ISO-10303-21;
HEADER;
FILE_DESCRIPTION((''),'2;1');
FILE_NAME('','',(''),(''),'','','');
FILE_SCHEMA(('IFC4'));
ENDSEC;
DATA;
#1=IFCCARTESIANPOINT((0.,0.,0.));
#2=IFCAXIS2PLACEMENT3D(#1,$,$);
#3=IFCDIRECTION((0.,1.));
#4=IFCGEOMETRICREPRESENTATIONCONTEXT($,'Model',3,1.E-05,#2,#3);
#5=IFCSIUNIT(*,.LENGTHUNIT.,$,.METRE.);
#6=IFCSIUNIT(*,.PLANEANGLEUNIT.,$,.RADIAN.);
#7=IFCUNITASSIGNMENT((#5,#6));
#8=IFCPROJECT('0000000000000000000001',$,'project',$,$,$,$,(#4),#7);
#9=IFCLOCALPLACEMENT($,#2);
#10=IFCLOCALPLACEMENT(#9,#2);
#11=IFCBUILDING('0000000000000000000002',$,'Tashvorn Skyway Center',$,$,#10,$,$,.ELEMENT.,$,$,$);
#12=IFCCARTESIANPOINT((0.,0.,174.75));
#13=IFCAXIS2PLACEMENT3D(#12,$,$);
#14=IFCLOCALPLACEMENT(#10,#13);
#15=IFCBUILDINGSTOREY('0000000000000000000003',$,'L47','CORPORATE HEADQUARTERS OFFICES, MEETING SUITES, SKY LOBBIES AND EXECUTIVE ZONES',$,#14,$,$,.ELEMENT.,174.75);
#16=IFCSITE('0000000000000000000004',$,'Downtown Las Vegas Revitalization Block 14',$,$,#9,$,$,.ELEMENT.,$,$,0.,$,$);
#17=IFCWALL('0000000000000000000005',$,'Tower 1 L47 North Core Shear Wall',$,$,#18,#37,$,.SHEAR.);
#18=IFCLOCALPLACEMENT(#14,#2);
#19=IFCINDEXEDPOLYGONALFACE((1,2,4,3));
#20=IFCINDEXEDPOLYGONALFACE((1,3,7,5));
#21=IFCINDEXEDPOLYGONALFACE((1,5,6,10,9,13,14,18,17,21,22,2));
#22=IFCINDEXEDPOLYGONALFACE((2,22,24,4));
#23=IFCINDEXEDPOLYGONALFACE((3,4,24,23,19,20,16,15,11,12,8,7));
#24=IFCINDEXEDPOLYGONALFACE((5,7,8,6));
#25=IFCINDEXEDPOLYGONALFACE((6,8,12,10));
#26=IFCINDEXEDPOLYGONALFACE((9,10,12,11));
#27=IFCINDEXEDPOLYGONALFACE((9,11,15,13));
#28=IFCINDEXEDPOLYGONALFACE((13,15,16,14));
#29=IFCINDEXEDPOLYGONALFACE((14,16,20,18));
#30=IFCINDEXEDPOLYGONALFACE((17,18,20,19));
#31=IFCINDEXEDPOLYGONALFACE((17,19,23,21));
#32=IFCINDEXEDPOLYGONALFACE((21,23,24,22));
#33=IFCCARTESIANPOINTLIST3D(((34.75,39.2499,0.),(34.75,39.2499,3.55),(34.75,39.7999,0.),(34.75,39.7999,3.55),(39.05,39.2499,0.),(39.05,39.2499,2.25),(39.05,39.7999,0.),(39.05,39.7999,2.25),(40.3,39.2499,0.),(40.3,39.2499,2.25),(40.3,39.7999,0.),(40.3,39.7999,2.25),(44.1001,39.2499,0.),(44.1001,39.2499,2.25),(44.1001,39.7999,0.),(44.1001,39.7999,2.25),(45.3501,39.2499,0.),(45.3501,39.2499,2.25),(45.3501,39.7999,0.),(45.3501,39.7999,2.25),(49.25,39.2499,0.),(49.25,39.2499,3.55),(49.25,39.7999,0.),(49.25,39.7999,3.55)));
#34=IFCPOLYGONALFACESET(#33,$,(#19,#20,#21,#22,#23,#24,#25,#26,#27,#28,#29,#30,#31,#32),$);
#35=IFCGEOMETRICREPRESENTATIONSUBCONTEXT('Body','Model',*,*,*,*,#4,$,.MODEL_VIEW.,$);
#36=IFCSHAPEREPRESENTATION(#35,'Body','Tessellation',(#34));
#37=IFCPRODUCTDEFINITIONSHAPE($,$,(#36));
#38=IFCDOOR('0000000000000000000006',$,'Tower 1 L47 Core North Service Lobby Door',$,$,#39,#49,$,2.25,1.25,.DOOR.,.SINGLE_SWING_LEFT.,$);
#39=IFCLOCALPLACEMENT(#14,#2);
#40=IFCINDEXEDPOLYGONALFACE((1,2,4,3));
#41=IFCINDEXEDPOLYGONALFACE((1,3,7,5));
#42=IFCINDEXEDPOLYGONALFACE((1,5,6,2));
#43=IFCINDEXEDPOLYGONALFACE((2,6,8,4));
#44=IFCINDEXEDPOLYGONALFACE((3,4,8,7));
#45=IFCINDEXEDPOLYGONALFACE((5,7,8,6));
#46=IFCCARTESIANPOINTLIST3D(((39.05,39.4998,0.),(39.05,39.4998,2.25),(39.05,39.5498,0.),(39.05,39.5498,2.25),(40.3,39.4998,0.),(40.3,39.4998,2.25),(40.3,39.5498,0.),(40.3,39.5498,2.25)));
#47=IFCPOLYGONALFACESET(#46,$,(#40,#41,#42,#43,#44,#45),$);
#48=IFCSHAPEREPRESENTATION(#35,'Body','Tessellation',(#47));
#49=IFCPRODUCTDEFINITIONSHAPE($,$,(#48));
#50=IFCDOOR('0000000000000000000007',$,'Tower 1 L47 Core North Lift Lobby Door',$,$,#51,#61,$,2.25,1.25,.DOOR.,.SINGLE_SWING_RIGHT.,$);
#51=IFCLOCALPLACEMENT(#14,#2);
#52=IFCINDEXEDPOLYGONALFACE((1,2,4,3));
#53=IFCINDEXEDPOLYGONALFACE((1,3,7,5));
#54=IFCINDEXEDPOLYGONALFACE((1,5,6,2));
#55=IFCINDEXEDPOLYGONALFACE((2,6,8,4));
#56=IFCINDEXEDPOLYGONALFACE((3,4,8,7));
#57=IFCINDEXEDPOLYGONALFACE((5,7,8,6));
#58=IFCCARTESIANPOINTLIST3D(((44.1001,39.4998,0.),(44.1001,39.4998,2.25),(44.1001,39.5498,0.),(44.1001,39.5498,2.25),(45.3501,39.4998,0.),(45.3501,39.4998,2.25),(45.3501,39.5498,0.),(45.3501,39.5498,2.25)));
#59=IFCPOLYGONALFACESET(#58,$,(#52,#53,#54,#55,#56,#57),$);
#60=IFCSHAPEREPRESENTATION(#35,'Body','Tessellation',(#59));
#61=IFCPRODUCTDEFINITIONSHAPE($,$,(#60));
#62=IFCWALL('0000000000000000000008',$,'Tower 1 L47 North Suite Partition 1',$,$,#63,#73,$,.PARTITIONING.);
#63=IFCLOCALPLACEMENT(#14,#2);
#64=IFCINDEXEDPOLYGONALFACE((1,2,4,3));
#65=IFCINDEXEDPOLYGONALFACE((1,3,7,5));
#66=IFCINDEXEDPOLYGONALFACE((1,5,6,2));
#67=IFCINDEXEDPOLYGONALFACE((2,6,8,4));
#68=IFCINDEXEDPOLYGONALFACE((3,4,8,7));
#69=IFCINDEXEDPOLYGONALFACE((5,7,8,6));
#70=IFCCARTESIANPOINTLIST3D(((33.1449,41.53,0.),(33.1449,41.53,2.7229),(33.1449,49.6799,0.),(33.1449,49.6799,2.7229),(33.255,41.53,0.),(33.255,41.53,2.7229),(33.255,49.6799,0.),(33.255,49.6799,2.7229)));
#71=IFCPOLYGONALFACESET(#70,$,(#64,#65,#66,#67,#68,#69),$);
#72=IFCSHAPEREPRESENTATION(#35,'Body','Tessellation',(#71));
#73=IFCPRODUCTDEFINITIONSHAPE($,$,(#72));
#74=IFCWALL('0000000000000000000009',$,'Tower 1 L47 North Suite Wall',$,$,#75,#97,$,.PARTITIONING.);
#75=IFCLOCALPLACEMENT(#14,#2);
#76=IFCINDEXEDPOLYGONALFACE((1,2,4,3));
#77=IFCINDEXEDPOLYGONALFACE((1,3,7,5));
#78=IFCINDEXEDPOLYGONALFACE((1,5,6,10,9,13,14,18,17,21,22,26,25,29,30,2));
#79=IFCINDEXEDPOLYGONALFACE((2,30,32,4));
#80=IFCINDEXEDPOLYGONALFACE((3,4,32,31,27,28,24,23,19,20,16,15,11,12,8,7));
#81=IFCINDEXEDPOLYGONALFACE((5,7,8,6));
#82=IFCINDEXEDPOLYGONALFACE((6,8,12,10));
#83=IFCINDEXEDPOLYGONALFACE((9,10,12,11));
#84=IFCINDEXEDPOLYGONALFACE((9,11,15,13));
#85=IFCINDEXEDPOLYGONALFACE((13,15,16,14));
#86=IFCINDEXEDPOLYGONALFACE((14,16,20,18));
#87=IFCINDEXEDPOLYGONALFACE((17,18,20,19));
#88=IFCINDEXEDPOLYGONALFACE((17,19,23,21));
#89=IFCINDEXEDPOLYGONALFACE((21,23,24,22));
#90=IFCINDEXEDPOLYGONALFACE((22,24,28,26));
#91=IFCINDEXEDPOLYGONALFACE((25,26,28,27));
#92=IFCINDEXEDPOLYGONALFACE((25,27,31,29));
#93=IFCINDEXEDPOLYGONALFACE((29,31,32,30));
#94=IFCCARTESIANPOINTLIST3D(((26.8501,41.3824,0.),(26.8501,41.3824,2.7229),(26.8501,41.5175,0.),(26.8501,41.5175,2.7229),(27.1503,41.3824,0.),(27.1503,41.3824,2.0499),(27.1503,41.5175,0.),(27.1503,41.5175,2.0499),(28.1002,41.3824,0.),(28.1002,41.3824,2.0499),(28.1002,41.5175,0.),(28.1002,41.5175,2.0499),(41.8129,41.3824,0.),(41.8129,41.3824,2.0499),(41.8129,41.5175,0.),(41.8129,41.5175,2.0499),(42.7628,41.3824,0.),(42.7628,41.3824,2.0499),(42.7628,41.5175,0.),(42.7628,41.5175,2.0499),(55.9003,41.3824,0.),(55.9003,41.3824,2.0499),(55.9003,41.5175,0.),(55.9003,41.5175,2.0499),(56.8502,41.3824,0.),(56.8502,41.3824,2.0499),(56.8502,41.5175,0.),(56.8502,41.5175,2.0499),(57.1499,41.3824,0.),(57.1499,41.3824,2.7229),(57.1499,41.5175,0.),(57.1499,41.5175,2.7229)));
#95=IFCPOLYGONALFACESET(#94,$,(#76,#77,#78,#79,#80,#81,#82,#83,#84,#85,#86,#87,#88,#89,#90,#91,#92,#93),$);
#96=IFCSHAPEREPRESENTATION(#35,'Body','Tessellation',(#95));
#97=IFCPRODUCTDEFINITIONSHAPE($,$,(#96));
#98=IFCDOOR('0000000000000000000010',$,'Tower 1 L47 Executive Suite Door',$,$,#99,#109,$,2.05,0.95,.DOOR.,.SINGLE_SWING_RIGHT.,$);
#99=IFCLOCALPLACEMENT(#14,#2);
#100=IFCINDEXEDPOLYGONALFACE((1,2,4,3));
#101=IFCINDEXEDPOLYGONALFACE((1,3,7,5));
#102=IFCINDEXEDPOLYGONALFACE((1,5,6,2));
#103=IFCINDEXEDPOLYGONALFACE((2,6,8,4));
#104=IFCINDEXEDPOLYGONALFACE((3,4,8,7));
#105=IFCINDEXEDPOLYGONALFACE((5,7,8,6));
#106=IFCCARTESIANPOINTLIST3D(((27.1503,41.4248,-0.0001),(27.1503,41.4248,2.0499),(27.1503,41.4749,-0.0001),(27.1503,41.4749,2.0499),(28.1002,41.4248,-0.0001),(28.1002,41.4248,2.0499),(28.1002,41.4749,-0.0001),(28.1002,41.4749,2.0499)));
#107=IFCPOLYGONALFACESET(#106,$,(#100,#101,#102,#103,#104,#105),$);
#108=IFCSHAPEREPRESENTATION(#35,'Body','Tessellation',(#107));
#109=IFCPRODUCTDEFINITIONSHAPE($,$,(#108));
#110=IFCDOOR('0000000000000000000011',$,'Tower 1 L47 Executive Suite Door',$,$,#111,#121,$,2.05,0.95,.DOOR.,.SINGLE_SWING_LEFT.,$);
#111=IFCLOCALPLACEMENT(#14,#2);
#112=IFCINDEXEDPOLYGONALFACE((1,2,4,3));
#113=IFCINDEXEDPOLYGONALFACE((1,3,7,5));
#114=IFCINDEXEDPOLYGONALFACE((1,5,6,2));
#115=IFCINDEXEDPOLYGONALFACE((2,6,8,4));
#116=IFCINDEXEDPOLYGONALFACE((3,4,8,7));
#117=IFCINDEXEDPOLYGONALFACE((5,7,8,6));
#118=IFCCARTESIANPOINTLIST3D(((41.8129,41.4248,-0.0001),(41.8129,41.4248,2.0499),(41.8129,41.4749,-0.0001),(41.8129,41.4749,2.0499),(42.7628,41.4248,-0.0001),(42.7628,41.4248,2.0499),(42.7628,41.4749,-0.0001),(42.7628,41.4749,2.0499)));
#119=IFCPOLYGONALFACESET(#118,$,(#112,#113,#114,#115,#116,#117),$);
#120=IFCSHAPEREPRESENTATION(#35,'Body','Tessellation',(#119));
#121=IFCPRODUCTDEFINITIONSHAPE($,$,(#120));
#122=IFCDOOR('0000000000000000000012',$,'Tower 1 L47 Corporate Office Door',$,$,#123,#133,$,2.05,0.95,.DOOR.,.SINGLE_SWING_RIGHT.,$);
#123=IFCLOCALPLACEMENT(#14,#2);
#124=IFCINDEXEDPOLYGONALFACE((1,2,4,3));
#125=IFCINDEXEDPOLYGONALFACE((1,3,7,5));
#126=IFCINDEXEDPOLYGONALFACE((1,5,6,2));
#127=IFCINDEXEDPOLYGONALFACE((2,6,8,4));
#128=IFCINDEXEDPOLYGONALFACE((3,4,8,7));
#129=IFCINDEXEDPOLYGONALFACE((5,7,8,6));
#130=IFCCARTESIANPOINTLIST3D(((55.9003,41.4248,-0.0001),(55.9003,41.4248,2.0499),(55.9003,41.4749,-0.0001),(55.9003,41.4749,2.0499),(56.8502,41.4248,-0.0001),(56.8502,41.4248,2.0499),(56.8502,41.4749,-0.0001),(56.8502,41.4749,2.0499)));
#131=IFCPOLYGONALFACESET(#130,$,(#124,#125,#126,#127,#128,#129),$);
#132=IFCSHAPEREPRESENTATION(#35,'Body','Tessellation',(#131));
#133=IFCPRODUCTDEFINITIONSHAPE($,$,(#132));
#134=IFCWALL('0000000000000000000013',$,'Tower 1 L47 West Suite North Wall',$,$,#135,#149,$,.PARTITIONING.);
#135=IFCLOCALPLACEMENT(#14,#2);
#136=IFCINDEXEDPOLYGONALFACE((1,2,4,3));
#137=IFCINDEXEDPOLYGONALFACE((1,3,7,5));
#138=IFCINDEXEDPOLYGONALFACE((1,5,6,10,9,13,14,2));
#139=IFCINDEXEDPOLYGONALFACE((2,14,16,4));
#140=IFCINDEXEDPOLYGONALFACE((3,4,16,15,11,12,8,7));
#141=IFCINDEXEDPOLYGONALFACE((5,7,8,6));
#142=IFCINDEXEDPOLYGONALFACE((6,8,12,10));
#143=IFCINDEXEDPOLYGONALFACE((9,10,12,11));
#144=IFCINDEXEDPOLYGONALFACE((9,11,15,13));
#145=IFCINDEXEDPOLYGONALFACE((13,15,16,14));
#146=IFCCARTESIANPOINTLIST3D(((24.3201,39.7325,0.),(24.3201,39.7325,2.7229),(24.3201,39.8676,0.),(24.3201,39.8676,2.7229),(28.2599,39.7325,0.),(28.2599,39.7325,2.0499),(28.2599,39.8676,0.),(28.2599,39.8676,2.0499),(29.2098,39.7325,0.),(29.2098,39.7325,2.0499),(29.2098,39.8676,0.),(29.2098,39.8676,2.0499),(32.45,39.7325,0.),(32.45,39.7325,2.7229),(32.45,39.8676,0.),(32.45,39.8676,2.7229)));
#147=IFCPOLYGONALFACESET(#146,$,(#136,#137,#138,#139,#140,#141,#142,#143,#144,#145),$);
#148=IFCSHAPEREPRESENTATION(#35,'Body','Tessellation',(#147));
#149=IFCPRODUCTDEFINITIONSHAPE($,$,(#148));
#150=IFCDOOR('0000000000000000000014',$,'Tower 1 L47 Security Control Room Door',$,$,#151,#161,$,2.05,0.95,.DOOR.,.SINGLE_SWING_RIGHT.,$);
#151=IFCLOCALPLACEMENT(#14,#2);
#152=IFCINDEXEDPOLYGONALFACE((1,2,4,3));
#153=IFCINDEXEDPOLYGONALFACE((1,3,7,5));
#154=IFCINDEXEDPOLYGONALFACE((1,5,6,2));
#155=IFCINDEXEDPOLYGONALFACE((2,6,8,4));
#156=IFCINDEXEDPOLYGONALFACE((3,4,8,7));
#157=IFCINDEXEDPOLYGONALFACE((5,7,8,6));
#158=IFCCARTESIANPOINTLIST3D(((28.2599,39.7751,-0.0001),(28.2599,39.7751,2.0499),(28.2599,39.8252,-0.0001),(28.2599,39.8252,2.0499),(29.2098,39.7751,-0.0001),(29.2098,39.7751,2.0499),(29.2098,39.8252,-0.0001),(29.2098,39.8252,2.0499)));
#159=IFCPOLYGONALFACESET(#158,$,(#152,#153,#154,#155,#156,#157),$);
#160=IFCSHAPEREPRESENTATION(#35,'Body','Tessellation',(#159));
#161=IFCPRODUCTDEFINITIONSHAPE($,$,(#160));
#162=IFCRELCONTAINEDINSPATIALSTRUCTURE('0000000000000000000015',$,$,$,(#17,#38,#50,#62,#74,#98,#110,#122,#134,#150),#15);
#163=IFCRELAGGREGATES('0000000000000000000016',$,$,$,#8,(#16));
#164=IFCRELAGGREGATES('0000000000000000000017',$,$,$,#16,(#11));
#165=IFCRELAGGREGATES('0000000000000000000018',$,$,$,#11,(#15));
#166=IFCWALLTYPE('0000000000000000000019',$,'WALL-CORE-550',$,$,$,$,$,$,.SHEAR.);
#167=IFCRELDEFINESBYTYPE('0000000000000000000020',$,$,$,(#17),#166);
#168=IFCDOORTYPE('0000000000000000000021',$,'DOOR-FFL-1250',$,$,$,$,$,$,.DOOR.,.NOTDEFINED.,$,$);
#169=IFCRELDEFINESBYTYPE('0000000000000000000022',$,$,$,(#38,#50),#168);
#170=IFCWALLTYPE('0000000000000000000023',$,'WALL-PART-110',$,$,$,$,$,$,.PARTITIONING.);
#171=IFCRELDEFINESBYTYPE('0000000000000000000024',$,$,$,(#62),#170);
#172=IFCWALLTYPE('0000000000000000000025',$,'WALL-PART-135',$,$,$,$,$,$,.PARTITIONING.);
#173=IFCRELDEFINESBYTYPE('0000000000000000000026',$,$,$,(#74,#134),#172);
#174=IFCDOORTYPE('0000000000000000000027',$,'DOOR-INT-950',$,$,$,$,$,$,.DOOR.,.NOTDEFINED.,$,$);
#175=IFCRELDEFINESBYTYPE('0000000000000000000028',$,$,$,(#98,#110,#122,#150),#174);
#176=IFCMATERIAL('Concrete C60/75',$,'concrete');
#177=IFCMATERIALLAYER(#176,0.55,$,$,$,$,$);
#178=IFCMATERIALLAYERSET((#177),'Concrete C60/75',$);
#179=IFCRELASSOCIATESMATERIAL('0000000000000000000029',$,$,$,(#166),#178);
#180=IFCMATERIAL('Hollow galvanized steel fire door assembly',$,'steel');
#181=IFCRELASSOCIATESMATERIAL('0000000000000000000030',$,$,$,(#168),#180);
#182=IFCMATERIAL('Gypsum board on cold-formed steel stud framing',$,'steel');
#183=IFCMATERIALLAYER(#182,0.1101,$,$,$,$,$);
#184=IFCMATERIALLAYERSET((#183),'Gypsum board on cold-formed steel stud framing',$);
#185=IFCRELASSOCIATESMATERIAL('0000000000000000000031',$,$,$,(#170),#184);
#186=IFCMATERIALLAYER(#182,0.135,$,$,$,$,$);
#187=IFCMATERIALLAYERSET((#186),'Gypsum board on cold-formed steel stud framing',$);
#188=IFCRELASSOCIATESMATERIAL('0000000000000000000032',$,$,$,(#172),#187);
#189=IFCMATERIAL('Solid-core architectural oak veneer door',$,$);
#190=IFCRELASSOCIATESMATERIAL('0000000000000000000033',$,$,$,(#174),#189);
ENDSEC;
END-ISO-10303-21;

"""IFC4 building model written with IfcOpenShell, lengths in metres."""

from ifc_helpers import new_model, si_unit, direction, frame, frame_2d, origin, place, context, subcontext, project, spatial, rectangle, extrude, material, layer, layer_set, type_object, element, fill, save


model = new_model("IFC4")

# Units and contexts
model_context = context("Model", 3, precision=1e-05, world=origin(), true_north=direction((0.0, 1.0)))
body_context = subcontext(model_context, "Body", "Model", "MODEL_VIEW")
ifc_project = project(units=[si_unit("LENGTHUNIT", "METRE"), si_unit("PLANEANGLEUNIT", "RADIAN")], contexts=[model_context])

# Site, building, storey
site_placement = place(None, origin())
site = spatial("IfcSite", under=ifc_project, at=site_placement, Name="Downtown Las Vegas Revitalization Block 14", CompositionType="ELEMENT", RefElevation=0.0)
building_placement = place(site_placement, origin())
building = spatial("IfcBuilding", under=site, at=building_placement, Name="Tashvorn Skyway Center", CompositionType="ELEMENT")
storey_placement = place(building_placement, frame((0.0, 0.0, 174.75)))
storey = spatial("IfcBuildingStorey", under=building, at=storey_placement, Name="L47", Description="CORPORATE HEADQUARTERS OFFICES, MEETING SUITES, SKY LOBBIES AND EXECUTIVE ZONES", CompositionType="ELEMENT", Elevation=174.75)

# Wall, openings, doors
ifc_material_1 = material(Name="Concrete C60/75", Category="concrete")
ifc_layer_1 = layer(ifc_material_1, 0.55)
ifc_layer_set_1 = layer_set([ifc_layer_1], Name="Concrete C60/75")
wall_type_1 = type_object("IfcWallType", Name="WALL-CORE-550", PredefinedType="SHEAR", material=ifc_layer_set_1)
wall_1_placement = place(storey_placement, frame((34.75, 39.5249, 0.0), z_axis=(0.0, 0.0, 1.0), x_axis=(1.0, 0.0, 0.0)))
wall_1 = element("IfcWall", 1, at=wall_1_placement, inside=storey, type_object=wall_type_1, Name="Tower 1 L47 North Core Shear Wall", PredefinedType="SHEAR", context=body_context, shape_type="SweptSolid", body=[
    extrude(rectangle(XDim=14.5, YDim=0.55, at=frame_2d((7.25, 0.0))), origin(), (0.0, 0.0, 1.0), 3.55),
])
opening_1_placement = place(wall_1_placement, frame((4.3, 0.0, 0.0)))
opening_1 = element("IfcOpeningElement", 2, at=opening_1_placement, cuts=wall_1, PredefinedType="OPENING", context=body_context, shape_type="SweptSolid", body=[
    extrude(rectangle(XDim=1.25, YDim=2.25, at=frame_2d((0.625, 1.125))), frame((0.0, 0.2849, 0.0), z_axis=(0.0, -1.0, 0.0), x_axis=(1.0, 0.0, 0.0)), (0.0, 0.0, 1.0), 0.5701),
])
opening_2_placement = place(wall_1_placement, frame((9.3501, 0.0, 0.0)))
opening_2 = element("IfcOpeningElement", 3, at=opening_2_placement, cuts=wall_1, PredefinedType="OPENING", context=body_context, shape_type="SweptSolid", body=[
    extrude(rectangle(XDim=1.25, YDim=2.25, at=frame_2d((0.625, 1.125))), frame((0.0, 0.2849, 0.0), z_axis=(0.0, -1.0, 0.0), x_axis=(1.0, 0.0, 0.0)), (0.0, 0.0, 1.0), 0.5701),
])
ifc_material_2 = material(Name="Hollow galvanized steel fire door assembly", Category="steel")
door_type_1 = type_object("IfcDoorType", Name="DOOR-FFL-1250", OperationType="NOTDEFINED", PredefinedType="DOOR", material=ifc_material_2)
door_1_placement = place(opening_1_placement, origin())
door_1 = element("IfcDoor", 4, at=door_1_placement, inside=storey, type_object=door_type_1, Name="Tower 1 L47 Core North Service Lobby Door", OperationType="SINGLE_SWING_LEFT", OverallHeight=2.25, OverallWidth=1.25, PredefinedType="DOOR", context=body_context, shape_type="SweptSolid", body=[
    extrude(rectangle(XDim=1.25, YDim=2.25, at=frame_2d((0.625, 1.125))), frame((0.0, 0.0249, 0.0), z_axis=(0.0, -1.0, 0.0), x_axis=(1.0, 0.0, 0.0)), (0.0, 0.0, 1.0), 0.05),
])
fill(opening_1, door_1)
door_2_placement = place(opening_2_placement, origin())
door_2 = element("IfcDoor", 5, at=door_2_placement, inside=storey, type_object=door_type_1, Name="Tower 1 L47 Core North Lift Lobby Door", OperationType="SINGLE_SWING_RIGHT", OverallHeight=2.25, OverallWidth=1.25, PredefinedType="DOOR", context=body_context, shape_type="SweptSolid", body=[
    extrude(rectangle(XDim=1.25, YDim=2.25, at=frame_2d((0.625, 1.125))), frame((0.0, 0.0249, 0.0), z_axis=(0.0, -1.0, 0.0), x_axis=(1.0, 0.0, 0.0)), (0.0, 0.0, 1.0), 0.05),
])
fill(opening_2, door_2)

# Wall
ifc_material_3 = material(Name="Gypsum board on cold-formed steel stud framing", Category="steel")
ifc_layer_2 = layer(ifc_material_3, 0.1101)
ifc_layer_set_2 = layer_set([ifc_layer_2], Name="Gypsum board on cold-formed steel stud framing")
wall_type_2 = type_object("IfcWallType", Name="WALL-PART-110", PredefinedType="PARTITIONING", material=ifc_layer_set_2)
wall_2_placement = place(storey_placement, frame((33.2, 41.53, 0.0), z_axis=(0.0, 0.0, 1.0), x_axis=(0.0, 1.0, 0.0)))
element("IfcWall", 6, at=wall_2_placement, inside=storey, type_object=wall_type_2, Name="Tower 1 L47 North Suite Partition 1", PredefinedType="PARTITIONING", context=body_context, shape_type="SweptSolid", body=[
    extrude(rectangle(XDim=8.1499, YDim=0.1101, at=frame_2d((4.075, 0.0))), origin(), (0.0, 0.0, 1.0), 2.7229),
])

# Wall, openings, doors
ifc_layer_3 = layer(ifc_material_3, 0.135)
ifc_layer_set_3 = layer_set([ifc_layer_3], Name="Gypsum board on cold-formed steel stud framing")
wall_type_3 = type_object("IfcWallType", Name="WALL-PART-135", PredefinedType="PARTITIONING", material=ifc_layer_set_3)
wall_3_placement = place(storey_placement, frame((26.8501, 41.45, 0.0), z_axis=(0.0, 0.0, 1.0), x_axis=(1.0, 0.0, 0.0)))
wall_3 = element("IfcWall", 7, at=wall_3_placement, inside=storey, type_object=wall_type_3, Name="Tower 1 L47 North Suite Wall", PredefinedType="PARTITIONING", context=body_context, shape_type="SweptSolid", body=[
    extrude(rectangle(XDim=30.2998, YDim=0.135, at=frame_2d((15.1499, 0.0))), origin(), (0.0, 0.0, 1.0), 2.7229),
])
opening_3_placement = place(wall_3_placement, frame((0.3, 0.0, 0.0)))
opening_3 = element("IfcOpeningElement", 8, at=opening_3_placement, cuts=wall_3, PredefinedType="OPENING", context=body_context, shape_type="SweptSolid", body=[
    extrude(rectangle(XDim=0.95, YDim=2.05, at=frame_2d((0.4751, 1.0249))), frame((0.0, 0.0774, 0.0), z_axis=(0.0, -1.0, 0.0), x_axis=(1.0, 0.0, 0.0)), (0.0, 0.0, 1.0), 0.155),
])
opening_4_placement = place(wall_3_placement, frame((14.9626, 0.0, 0.0)))
opening_4 = element("IfcOpeningElement", 9, at=opening_4_placement, cuts=wall_3, PredefinedType="OPENING", context=body_context, shape_type="SweptSolid", body=[
    extrude(rectangle(XDim=0.95, YDim=2.05, at=frame_2d((0.4751, 1.0249))), frame((0.0, 0.0774, 0.0), z_axis=(0.0, -1.0, 0.0), x_axis=(1.0, 0.0, 0.0)), (0.0, 0.0, 1.0), 0.155),
])
opening_5_placement = place(wall_3_placement, frame((29.05, 0.0, 0.0)))
opening_5 = element("IfcOpeningElement", 10, at=opening_5_placement, cuts=wall_3, PredefinedType="OPENING", context=body_context, shape_type="SweptSolid", body=[
    extrude(rectangle(XDim=0.95, YDim=2.05, at=frame_2d((0.4751, 1.0249))), frame((0.0, 0.0774, 0.0), z_axis=(0.0, -1.0, 0.0), x_axis=(1.0, 0.0, 0.0)), (0.0, 0.0, 1.0), 0.155),
])
ifc_material_4 = material(Name="Solid-core architectural oak veneer door")
door_type_2 = type_object("IfcDoorType", Name="DOOR-INT-950", OperationType="NOTDEFINED", PredefinedType="DOOR", material=ifc_material_4)
door_3_placement = place(opening_3_placement, origin())
door_3 = element("IfcDoor", 11, at=door_3_placement, inside=storey, type_object=door_type_2, Name="Tower 1 L47 Executive Suite Door", OperationType="SINGLE_SWING_RIGHT", OverallHeight=2.05, OverallWidth=0.95, PredefinedType="DOOR", context=body_context, shape_type="SweptSolid", body=[
    extrude(rectangle(XDim=0.95, YDim=2.05, at=frame_2d((0.4751, 1.0249))), frame((0.0, 0.0249, 0.0), z_axis=(0.0, -1.0, 0.0), x_axis=(1.0, 0.0, 0.0)), (0.0, 0.0, 1.0), 0.05),
])
fill(opening_3, door_3)
door_4_placement = place(opening_4_placement, origin())
door_4 = element("IfcDoor", 12, at=door_4_placement, inside=storey, type_object=door_type_2, Name="Tower 1 L47 Executive Suite Door", OperationType="SINGLE_SWING_LEFT", OverallHeight=2.05, OverallWidth=0.95, PredefinedType="DOOR", context=body_context, shape_type="SweptSolid", body=[
    extrude(rectangle(XDim=0.95, YDim=2.05, at=frame_2d((0.4751, 1.0249))), frame((0.0, 0.0249, 0.0), z_axis=(0.0, -1.0, 0.0), x_axis=(1.0, 0.0, 0.0)), (0.0, 0.0, 1.0), 0.05),
])
fill(opening_4, door_4)
door_5_placement = place(opening_5_placement, origin())
door_5 = element("IfcDoor", 13, at=door_5_placement, inside=storey, type_object=door_type_2, Name="Tower 1 L47 Corporate Office Door", OperationType="SINGLE_SWING_RIGHT", OverallHeight=2.05, OverallWidth=0.95, PredefinedType="DOOR", context=body_context, shape_type="SweptSolid", body=[
    extrude(rectangle(XDim=0.95, YDim=2.05, at=frame_2d((0.4751, 1.0249))), frame((0.0, 0.0249, 0.0), z_axis=(0.0, -1.0, 0.0), x_axis=(1.0, 0.0, 0.0)), (0.0, 0.0, 1.0), 0.05),
])
fill(opening_5, door_5)

# Wall, opening, door
wall_4_placement = place(storey_placement, frame((32.45, 39.8, 0.0), z_axis=(0.0, 0.0, 1.0), x_axis=(-1.0, 0.0, 0.0)))
wall_4 = element("IfcWall", 14, at=wall_4_placement, inside=storey, type_object=wall_type_3, Name="Tower 1 L47 West Suite North Wall", PredefinedType="PARTITIONING", context=body_context, shape_type="SweptSolid", body=[
    extrude(rectangle(XDim=8.1299, YDim=0.135, at=frame_2d((4.0649, 0.0))), origin(), (0.0, 0.0, 1.0), 2.7229),
])
opening_6_placement = place(wall_4_placement, frame((3.24, 0.0, 0.0)))
opening_6 = element("IfcOpeningElement", 15, at=opening_6_placement, cuts=wall_4, PredefinedType="OPENING", context=body_context, shape_type="SweptSolid", body=[
    extrude(rectangle(XDim=0.95, YDim=2.05, at=frame_2d((0.4751, 1.0249))), frame((0.0, 0.0774, 0.0), z_axis=(0.0, -1.0, 0.0), x_axis=(1.0, 0.0, 0.0)), (0.0, 0.0, 1.0), 0.155),
])
door_6_placement = place(opening_6_placement, origin())
door_6 = element("IfcDoor", 16, at=door_6_placement, inside=storey, type_object=door_type_2, Name="Tower 1 L47 Security Control Room Door", OperationType="SINGLE_SWING_RIGHT", OverallHeight=2.05, OverallWidth=0.95, PredefinedType="DOOR", context=body_context, shape_type="SweptSolid", body=[
    extrude(rectangle(XDim=0.95, YDim=2.05, at=frame_2d((0.4751, 1.0249))), frame((0.0, 0.0249, 0.0), z_axis=(0.0, -1.0, 0.0), x_axis=(1.0, 0.0, 0.0)), (0.0, 0.0, 1.0), 0.05),
])
fill(opening_6, door_6)

save(model, "model.ifc")
